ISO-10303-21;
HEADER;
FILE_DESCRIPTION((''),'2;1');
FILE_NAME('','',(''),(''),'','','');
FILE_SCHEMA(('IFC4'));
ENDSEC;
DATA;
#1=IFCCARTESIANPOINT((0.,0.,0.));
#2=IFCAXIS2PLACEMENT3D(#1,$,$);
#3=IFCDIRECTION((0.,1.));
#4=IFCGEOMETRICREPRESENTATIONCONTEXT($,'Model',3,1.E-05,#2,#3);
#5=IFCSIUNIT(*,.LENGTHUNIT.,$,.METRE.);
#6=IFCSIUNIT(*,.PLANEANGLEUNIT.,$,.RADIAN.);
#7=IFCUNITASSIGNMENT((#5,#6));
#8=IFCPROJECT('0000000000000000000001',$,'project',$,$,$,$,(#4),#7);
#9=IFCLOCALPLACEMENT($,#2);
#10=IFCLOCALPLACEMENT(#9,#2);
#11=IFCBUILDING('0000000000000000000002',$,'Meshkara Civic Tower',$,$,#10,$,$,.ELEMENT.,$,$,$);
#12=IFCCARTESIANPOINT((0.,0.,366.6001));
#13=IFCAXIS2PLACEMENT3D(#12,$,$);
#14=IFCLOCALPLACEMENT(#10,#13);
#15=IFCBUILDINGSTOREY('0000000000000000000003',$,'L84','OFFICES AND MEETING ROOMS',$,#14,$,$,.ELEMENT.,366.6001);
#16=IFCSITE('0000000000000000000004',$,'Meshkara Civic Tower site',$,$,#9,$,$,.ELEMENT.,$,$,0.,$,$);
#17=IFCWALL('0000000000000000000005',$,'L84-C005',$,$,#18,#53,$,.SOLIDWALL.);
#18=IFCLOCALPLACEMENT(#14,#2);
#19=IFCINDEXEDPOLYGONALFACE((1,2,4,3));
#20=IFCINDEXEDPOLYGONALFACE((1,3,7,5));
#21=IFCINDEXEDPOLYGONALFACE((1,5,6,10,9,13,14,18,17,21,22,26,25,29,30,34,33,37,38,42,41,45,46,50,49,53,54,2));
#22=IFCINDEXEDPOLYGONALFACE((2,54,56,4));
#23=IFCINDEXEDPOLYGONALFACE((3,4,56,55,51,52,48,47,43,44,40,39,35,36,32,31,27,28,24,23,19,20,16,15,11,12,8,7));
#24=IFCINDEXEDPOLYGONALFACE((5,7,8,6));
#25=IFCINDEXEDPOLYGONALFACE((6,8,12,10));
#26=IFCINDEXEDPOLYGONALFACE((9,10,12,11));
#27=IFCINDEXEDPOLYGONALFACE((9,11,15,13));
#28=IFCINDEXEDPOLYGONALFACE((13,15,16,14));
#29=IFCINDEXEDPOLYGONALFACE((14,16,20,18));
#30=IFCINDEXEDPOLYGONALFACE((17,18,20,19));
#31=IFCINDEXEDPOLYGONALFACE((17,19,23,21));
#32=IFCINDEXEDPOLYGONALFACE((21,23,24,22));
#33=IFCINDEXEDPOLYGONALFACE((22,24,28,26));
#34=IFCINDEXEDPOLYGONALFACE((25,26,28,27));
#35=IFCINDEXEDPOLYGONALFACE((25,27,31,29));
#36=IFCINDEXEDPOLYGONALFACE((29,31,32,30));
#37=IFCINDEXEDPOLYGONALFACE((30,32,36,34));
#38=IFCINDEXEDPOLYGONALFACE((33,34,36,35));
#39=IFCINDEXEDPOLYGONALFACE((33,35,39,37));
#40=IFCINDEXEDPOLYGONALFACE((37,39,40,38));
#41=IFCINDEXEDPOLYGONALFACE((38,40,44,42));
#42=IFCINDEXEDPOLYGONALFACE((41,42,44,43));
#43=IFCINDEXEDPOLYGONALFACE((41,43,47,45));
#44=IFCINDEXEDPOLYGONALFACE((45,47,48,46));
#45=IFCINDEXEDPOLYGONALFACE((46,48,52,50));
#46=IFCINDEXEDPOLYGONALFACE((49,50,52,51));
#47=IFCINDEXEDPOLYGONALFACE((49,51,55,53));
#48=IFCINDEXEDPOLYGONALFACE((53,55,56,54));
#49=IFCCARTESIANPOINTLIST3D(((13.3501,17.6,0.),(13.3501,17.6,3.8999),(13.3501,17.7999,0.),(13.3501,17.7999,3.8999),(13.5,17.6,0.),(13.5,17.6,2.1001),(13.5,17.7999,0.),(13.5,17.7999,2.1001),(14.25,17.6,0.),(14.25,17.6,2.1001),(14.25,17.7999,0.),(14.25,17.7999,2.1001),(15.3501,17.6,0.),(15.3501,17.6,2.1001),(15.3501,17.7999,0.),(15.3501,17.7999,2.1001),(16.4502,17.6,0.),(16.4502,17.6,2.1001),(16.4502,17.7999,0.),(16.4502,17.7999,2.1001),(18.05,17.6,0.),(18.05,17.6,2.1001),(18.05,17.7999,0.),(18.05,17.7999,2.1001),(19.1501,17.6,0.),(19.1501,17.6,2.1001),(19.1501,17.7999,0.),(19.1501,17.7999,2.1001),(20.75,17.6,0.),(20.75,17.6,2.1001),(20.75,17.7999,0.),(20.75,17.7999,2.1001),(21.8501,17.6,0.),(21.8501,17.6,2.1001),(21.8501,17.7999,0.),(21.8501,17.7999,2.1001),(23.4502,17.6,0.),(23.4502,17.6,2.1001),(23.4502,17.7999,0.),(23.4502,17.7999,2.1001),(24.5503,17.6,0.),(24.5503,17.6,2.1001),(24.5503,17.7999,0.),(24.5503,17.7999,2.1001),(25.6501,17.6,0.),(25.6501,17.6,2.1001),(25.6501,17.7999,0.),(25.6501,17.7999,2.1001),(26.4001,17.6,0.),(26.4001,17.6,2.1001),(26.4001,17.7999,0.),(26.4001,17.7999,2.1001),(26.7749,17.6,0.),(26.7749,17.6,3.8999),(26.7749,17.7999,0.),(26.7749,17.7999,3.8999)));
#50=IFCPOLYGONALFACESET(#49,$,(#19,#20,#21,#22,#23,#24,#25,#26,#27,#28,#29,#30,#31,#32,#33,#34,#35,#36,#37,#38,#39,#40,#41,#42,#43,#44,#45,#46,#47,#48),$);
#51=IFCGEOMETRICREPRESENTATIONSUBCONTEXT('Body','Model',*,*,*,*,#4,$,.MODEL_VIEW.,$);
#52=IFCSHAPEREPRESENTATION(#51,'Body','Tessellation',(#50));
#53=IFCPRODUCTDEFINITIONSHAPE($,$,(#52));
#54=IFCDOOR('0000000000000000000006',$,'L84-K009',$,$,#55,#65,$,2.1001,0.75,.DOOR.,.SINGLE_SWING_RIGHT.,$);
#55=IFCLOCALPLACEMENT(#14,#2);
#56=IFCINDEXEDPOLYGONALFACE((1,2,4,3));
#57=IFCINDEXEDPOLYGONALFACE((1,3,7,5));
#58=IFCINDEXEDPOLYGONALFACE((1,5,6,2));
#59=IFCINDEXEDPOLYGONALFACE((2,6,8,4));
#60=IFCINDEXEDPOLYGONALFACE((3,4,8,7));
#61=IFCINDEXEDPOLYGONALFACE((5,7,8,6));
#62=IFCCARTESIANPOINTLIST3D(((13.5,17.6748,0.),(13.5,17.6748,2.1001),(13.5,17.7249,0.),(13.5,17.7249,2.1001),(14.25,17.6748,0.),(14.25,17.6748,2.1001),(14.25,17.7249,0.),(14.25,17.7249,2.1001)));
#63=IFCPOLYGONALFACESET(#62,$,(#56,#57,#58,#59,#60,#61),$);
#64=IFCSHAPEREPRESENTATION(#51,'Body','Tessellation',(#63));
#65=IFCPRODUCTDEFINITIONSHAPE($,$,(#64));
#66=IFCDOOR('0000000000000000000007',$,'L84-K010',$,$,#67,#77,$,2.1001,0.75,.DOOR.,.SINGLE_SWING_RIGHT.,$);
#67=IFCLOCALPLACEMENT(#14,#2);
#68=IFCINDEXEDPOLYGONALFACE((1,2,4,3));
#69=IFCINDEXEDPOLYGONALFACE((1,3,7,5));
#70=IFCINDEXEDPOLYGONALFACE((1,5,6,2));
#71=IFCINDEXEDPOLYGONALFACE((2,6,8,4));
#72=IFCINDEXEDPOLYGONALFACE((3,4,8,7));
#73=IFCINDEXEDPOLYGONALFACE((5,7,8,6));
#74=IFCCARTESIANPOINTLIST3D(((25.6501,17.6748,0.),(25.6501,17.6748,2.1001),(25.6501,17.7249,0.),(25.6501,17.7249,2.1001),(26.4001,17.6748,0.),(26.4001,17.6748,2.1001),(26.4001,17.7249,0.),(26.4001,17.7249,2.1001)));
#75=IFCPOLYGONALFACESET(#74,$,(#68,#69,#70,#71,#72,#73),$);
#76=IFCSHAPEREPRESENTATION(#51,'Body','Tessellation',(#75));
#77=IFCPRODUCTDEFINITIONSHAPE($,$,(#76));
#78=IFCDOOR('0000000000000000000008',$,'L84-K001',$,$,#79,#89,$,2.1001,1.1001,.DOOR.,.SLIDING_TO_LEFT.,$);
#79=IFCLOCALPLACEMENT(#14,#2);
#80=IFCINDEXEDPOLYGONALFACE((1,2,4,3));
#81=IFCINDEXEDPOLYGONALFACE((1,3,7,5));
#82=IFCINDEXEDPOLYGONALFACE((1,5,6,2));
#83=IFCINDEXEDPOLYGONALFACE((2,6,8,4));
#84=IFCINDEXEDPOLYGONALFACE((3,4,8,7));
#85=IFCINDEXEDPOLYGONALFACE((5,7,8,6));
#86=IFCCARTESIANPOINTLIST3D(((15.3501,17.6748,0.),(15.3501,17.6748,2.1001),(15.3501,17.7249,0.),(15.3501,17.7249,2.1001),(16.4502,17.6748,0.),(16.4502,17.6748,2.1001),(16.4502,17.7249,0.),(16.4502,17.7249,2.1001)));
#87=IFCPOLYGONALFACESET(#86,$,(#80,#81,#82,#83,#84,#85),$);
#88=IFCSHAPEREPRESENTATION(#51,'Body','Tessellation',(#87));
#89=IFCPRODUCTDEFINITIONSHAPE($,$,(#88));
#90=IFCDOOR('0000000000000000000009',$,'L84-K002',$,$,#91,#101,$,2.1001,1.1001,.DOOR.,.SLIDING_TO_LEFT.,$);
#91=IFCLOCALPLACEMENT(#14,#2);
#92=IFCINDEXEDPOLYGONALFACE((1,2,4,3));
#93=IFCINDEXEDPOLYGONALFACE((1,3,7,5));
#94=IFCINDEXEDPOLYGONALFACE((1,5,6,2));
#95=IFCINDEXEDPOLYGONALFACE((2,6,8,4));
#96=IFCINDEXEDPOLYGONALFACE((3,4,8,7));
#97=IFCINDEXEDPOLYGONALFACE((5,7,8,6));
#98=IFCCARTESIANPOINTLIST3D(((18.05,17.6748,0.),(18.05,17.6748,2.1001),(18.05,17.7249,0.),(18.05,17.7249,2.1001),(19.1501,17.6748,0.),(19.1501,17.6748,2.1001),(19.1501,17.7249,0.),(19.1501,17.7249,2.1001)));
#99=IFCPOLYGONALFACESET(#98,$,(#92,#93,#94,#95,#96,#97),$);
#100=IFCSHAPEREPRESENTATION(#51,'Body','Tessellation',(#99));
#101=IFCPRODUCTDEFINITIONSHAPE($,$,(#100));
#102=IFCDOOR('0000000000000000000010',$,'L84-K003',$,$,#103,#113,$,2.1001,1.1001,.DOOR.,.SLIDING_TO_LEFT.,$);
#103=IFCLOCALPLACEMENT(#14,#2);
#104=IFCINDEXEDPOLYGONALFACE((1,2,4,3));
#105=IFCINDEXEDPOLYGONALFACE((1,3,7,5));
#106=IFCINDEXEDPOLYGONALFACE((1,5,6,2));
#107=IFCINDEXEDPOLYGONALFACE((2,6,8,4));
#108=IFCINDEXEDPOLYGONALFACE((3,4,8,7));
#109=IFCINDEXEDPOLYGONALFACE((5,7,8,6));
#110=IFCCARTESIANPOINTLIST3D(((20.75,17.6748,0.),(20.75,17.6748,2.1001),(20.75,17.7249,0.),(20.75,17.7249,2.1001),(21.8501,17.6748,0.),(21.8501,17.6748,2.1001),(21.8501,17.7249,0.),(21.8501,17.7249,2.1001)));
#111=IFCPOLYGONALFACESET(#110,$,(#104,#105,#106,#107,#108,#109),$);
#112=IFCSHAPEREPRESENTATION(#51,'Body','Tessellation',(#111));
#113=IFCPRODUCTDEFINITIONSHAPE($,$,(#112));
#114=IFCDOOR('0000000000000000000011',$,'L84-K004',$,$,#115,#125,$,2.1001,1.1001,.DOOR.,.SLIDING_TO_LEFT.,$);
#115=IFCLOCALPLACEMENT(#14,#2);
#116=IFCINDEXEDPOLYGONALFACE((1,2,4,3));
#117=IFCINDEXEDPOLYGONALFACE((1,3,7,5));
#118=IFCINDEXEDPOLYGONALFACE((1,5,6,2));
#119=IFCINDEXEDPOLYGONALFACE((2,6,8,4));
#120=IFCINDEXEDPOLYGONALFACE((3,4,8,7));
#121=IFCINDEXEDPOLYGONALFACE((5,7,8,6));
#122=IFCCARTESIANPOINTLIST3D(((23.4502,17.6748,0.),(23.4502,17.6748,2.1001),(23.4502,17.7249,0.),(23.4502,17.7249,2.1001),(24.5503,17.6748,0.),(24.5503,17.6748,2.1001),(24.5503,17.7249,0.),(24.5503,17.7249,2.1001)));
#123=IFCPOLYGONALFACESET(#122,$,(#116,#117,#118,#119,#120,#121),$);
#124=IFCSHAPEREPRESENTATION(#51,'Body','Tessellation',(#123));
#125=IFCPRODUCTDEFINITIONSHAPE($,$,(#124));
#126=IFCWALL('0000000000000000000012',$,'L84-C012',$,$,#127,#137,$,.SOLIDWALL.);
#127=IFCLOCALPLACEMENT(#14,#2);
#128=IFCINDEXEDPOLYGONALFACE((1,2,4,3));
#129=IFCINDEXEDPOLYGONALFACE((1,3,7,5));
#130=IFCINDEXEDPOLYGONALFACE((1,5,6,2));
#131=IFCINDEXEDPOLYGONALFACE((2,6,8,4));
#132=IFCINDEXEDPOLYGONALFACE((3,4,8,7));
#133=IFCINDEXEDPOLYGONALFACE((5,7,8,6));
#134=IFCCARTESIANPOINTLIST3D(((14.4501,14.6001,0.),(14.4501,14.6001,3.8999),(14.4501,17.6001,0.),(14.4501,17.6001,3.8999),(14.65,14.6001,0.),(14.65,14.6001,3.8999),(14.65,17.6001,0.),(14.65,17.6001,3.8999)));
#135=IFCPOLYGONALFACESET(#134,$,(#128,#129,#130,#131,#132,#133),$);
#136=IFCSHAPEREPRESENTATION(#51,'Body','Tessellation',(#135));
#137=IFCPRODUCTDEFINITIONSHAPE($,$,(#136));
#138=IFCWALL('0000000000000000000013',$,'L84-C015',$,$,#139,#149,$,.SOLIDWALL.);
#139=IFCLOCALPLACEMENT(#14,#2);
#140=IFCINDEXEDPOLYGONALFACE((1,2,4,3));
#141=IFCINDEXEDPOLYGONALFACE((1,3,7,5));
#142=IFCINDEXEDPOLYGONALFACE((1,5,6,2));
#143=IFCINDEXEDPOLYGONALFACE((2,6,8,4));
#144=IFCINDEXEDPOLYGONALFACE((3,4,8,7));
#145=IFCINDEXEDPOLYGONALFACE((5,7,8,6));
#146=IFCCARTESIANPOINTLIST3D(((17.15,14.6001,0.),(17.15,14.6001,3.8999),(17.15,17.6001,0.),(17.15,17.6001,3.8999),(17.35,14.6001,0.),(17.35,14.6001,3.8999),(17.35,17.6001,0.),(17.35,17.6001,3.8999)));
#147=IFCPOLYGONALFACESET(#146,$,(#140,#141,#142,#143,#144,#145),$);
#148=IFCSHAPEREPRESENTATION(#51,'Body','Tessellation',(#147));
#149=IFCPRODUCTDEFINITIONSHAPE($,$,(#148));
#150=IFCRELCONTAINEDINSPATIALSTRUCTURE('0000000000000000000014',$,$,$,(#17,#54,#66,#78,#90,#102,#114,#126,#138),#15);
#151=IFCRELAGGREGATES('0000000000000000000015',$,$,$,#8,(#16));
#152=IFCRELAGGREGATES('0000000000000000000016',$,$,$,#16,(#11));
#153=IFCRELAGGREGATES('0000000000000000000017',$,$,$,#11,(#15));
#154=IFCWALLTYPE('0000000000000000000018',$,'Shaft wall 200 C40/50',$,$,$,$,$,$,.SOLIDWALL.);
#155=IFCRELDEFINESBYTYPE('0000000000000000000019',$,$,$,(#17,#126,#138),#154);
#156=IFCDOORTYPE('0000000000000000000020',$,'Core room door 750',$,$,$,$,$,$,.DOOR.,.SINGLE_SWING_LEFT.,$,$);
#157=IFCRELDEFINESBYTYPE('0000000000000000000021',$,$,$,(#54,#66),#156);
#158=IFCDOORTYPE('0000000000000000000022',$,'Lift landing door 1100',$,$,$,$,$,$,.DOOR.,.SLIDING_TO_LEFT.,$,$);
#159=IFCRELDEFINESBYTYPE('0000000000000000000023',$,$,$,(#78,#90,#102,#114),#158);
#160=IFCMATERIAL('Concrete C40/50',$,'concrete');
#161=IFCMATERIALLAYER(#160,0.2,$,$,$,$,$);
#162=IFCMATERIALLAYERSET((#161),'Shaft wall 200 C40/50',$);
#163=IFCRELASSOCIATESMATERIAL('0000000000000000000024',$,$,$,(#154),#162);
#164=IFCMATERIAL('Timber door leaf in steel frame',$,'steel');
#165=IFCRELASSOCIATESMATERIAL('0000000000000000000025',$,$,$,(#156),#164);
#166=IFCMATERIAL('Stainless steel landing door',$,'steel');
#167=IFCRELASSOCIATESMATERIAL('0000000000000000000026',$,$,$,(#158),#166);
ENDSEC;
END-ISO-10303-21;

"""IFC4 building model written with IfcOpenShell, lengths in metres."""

from ifc_helpers import new_model, si_unit, direction, frame, frame_2d, origin, place, context, subcontext, project, spatial, rectangle, extrude, material, layer, layer_set, type_object, element, fill, save


model = new_model("IFC4")

# Units and contexts
model_context = context("Model", 3, precision=1e-05, world=origin(), true_north=direction((0.0, 1.0)))
body_context = subcontext(model_context, "Body", "Model", "MODEL_VIEW")
ifc_project = project(units=[si_unit("LENGTHUNIT", "METRE"), si_unit("PLANEANGLEUNIT", "RADIAN")], contexts=[model_context])

# Site, building, storey
site_placement = place(None, origin())
site = spatial("IfcSite", under=ifc_project, at=site_placement, Name="Meshkara Civic Tower site", CompositionType="ELEMENT", RefElevation=0.0)
building_placement = place(site_placement, origin())
building = spatial("IfcBuilding", under=site, at=building_placement, Name="Meshkara Civic Tower", CompositionType="ELEMENT")
storey_placement = place(building_placement, frame((0.0, 0.0, 366.6001)))
storey = spatial("IfcBuildingStorey", under=building, at=storey_placement, Name="L84", Description="OFFICES AND MEETING ROOMS", CompositionType="ELEMENT", Elevation=366.6001)

# Wall, openings, doors
ifc_material_1 = material(Name="Concrete C40/50", Category="concrete")
ifc_layer_1 = layer(ifc_material_1, 0.2)
ifc_layer_set_1 = layer_set([ifc_layer_1], Name="Shaft wall 200 C40/50")
wall_type_1 = type_object("IfcWallType", Name="Shaft wall 200 C40/50", PredefinedType="SOLIDWALL", material=ifc_layer_set_1)
wall_1_placement = place(storey_placement, frame((13.3501, 17.7, 0.0), z_axis=(0.0, 0.0, 1.0), x_axis=(1.0, 0.0, 0.0)))
wall_1 = element("IfcWall", 1, at=wall_1_placement, inside=storey, type_object=wall_type_1, Name="L84-C005", PredefinedType="SOLIDWALL", context=body_context, shape_type="SweptSolid", body=[
    extrude(rectangle(XDim=13.4248, YDim=0.2, at=frame_2d((6.7124, 0.0))), origin(), (0.0, 0.0, 1.0), 3.8999),
])
opening_1_placement = place(wall_1_placement, frame((2.0, 0.0, 0.0)))
opening_1 = element("IfcOpeningElement", 2, at=opening_1_placement, cuts=wall_1, PredefinedType="OPENING", context=body_context, shape_type="SweptSolid", body=[
    extrude(rectangle(XDim=1.1001, YDim=2.1001, at=frame_2d((0.55, 1.05))), frame((0.0, 0.1099, 0.0), z_axis=(0.0, -1.0, 0.0), x_axis=(1.0, 0.0, 0.0)), (0.0, 0.0, 1.0), 0.22),
])
opening_2_placement = place(wall_1_placement, frame((4.7, 0.0, 0.0)))
opening_2 = element("IfcOpeningElement", 3, at=opening_2_placement, cuts=wall_1, PredefinedType="OPENING", context=body_context, shape_type="SweptSolid", body=[
    extrude(rectangle(XDim=1.1001, YDim=2.1001, at=frame_2d((0.55, 1.05))), frame((0.0, 0.1099, 0.0), z_axis=(0.0, -1.0, 0.0), x_axis=(1.0, 0.0, 0.0)), (0.0, 0.0, 1.0), 0.22),
])
opening_3_placement = place(wall_1_placement, frame((7.3999, 0.0, 0.0)))
opening_3 = element("IfcOpeningElement", 4, at=opening_3_placement, cuts=wall_1, PredefinedType="OPENING", context=body_context, shape_type="SweptSolid", body=[
    extrude(rectangle(XDim=1.1001, YDim=2.1001, at=frame_2d((0.55, 1.05))), frame((0.0, 0.1099, 0.0), z_axis=(0.0, -1.0, 0.0), x_axis=(1.0, 0.0, 0.0)), (0.0, 0.0, 1.0), 0.22),
])
opening_4_placement = place(wall_1_placement, frame((10.1001, 0.0, 0.0)))
opening_4 = element("IfcOpeningElement", 5, at=opening_4_placement, cuts=wall_1, PredefinedType="OPENING", context=body_context, shape_type="SweptSolid", body=[
    extrude(rectangle(XDim=1.1001, YDim=2.1001, at=frame_2d((0.55, 1.05))), frame((0.0, 0.1099, 0.0), z_axis=(0.0, -1.0, 0.0), x_axis=(1.0, 0.0, 0.0)), (0.0, 0.0, 1.0), 0.22),
])
opening_5_placement = place(wall_1_placement, frame((0.1499, 0.0, 0.0)))
opening_5 = element("IfcOpeningElement", 6, at=opening_5_placement, cuts=wall_1, PredefinedType="OPENING", context=body_context, shape_type="SweptSolid", body=[
    extrude(rectangle(XDim=0.75, YDim=2.1001, at=frame_2d((0.375, 1.05))), frame((0.0, 0.1099, 0.0), z_axis=(0.0, -1.0, 0.0), x_axis=(1.0, 0.0, 0.0)), (0.0, 0.0, 1.0), 0.22),
])
opening_6_placement = place(wall_1_placement, frame((12.3, 0.0, 0.0)))
opening_6 = element("IfcOpeningElement", 7, at=opening_6_placement, cuts=wall_1, PredefinedType="OPENING", context=body_context, shape_type="SweptSolid", body=[
    extrude(rectangle(XDim=0.75, YDim=2.1001, at=frame_2d((0.375, 1.05))), frame((0.0, 0.1099, 0.0), z_axis=(0.0, -1.0, 0.0), x_axis=(1.0, 0.0, 0.0)), (0.0, 0.0, 1.0), 0.22),
])
ifc_material_2 = material(Name="Timber door leaf in steel frame", Category="steel")
door_type_1 = type_object("IfcDoorType", Name="Core room door 750", OperationType="SINGLE_SWING_LEFT", PredefinedType="DOOR", material=ifc_material_2)
door_1_placement = place(opening_5_placement, origin())
door_1 = element("IfcDoor", 8, at=door_1_placement, inside=storey, type_object=door_type_1, Name="L84-K009", OperationType="SINGLE_SWING_RIGHT", OverallHeight=2.1001, OverallWidth=0.75, PredefinedType="DOOR", context=body_context, shape_type="SweptSolid", body=[
    extrude(rectangle(XDim=0.75, YDim=2.1001, at=frame_2d((0.375, 1.05))), frame((0.0, 0.0249, 0.0), z_axis=(0.0, -1.0, 0.0), x_axis=(1.0, 0.0, 0.0)), (0.0, 0.0, 1.0), 0.05),
])
fill(opening_5, door_1)
door_2_placement = place(opening_6_placement, origin())
door_2 = element("IfcDoor", 9, at=door_2_placement, inside=storey, type_object=door_type_1, Name="L84-K010", OperationType="SINGLE_SWING_RIGHT", OverallHeight=2.1001, OverallWidth=0.75, PredefinedType="DOOR", context=body_context, shape_type="SweptSolid", body=[
    extrude(rectangle(XDim=0.75, YDim=2.1001, at=frame_2d((0.375, 1.05))), frame((0.0, 0.0249, 0.0), z_axis=(0.0, -1.0, 0.0), x_axis=(1.0, 0.0, 0.0)), (0.0, 0.0, 1.0), 0.05),
])
fill(opening_6, door_2)
ifc_material_3 = material(Name="Stainless steel landing door", Category="steel")
door_type_2 = type_object("IfcDoorType", Name="Lift landing door 1100", OperationType="SLIDING_TO_LEFT", PredefinedType="DOOR", material=ifc_material_3)
door_3_placement = place(opening_1_placement, origin())
door_3 = element("IfcDoor", 10, at=door_3_placement, inside=storey, type_object=door_type_2, Name="L84-K001", OperationType="SLIDING_TO_LEFT", OverallHeight=2.1001, OverallWidth=1.1001, PredefinedType="DOOR", context=body_context, shape_type="SweptSolid", body=[
    extrude(rectangle(XDim=1.1001, YDim=2.1001, at=frame_2d((0.55, 1.05))), frame((0.0, 0.0249, 0.0), z_axis=(0.0, -1.0, 0.0), x_axis=(1.0, 0.0, 0.0)), (0.0, 0.0, 1.0), 0.05),
])
fill(opening_1, door_3)
door_4_placement = place(opening_2_placement, origin())
door_4 = element("IfcDoor", 11, at=door_4_placement, inside=storey, type_object=door_type_2, Name="L84-K002", OperationType="SLIDING_TO_LEFT", OverallHeight=2.1001, OverallWidth=1.1001, PredefinedType="DOOR", context=body_context, shape_type="SweptSolid", body=[
    extrude(rectangle(XDim=1.1001, YDim=2.1001, at=frame_2d((0.55, 1.05))), frame((0.0, 0.0249, 0.0), z_axis=(0.0, -1.0, 0.0), x_axis=(1.0, 0.0, 0.0)), (0.0, 0.0, 1.0), 0.05),
])
fill(opening_2, door_4)
door_5_placement = place(opening_3_placement, origin())
door_5 = element("IfcDoor", 12, at=door_5_placement, inside=storey, type_object=door_type_2, Name="L84-K003", OperationType="SLIDING_TO_LEFT", OverallHeight=2.1001, OverallWidth=1.1001, PredefinedType="DOOR", context=body_context, shape_type="SweptSolid", body=[
    extrude(rectangle(XDim=1.1001, YDim=2.1001, at=frame_2d((0.55, 1.05))), frame((0.0, 0.0249, 0.0), z_axis=(0.0, -1.0, 0.0), x_axis=(1.0, 0.0, 0.0)), (0.0, 0.0, 1.0), 0.05),
])
fill(opening_3, door_5)
door_6_placement = place(opening_4_placement, origin())
door_6 = element("IfcDoor", 13, at=door_6_placement, inside=storey, type_object=door_type_2, Name="L84-K004", OperationType="SLIDING_TO_LEFT", OverallHeight=2.1001, OverallWidth=1.1001, PredefinedType="DOOR", context=body_context, shape_type="SweptSolid", body=[
    extrude(rectangle(XDim=1.1001, YDim=2.1001, at=frame_2d((0.55, 1.05))), frame((0.0, 0.0249, 0.0), z_axis=(0.0, -1.0, 0.0), x_axis=(1.0, 0.0, 0.0)), (0.0, 0.0, 1.0), 0.05),
])
fill(opening_4, door_6)

# Walls
for number, where, z_axis, x_axis, name in (
    (14, (14.55, 14.6001, 0.0), (0.0, 0.0, 1.0), (0.0, 1.0, 0.0), "L84-C012"),
    (15, (17.25, 14.6001, 0.0), (0.0, 0.0, 1.0), (0.0, 1.0, 0.0), "L84-C015"),
):
    element("IfcWall", number, at=place(storey_placement, frame(where, z_axis=z_axis, x_axis=x_axis)), inside=storey, type_object=wall_type_1, Name=name, PredefinedType="SOLIDWALL", context=body_context, shape_type="SweptSolid", body=[
        extrude(rectangle(XDim=3.0, YDim=0.2, at=frame_2d((1.5, 0.0))), origin(), (0.0, 0.0, 1.0), 3.8999),
    ])

save(model, "model.ifc")
